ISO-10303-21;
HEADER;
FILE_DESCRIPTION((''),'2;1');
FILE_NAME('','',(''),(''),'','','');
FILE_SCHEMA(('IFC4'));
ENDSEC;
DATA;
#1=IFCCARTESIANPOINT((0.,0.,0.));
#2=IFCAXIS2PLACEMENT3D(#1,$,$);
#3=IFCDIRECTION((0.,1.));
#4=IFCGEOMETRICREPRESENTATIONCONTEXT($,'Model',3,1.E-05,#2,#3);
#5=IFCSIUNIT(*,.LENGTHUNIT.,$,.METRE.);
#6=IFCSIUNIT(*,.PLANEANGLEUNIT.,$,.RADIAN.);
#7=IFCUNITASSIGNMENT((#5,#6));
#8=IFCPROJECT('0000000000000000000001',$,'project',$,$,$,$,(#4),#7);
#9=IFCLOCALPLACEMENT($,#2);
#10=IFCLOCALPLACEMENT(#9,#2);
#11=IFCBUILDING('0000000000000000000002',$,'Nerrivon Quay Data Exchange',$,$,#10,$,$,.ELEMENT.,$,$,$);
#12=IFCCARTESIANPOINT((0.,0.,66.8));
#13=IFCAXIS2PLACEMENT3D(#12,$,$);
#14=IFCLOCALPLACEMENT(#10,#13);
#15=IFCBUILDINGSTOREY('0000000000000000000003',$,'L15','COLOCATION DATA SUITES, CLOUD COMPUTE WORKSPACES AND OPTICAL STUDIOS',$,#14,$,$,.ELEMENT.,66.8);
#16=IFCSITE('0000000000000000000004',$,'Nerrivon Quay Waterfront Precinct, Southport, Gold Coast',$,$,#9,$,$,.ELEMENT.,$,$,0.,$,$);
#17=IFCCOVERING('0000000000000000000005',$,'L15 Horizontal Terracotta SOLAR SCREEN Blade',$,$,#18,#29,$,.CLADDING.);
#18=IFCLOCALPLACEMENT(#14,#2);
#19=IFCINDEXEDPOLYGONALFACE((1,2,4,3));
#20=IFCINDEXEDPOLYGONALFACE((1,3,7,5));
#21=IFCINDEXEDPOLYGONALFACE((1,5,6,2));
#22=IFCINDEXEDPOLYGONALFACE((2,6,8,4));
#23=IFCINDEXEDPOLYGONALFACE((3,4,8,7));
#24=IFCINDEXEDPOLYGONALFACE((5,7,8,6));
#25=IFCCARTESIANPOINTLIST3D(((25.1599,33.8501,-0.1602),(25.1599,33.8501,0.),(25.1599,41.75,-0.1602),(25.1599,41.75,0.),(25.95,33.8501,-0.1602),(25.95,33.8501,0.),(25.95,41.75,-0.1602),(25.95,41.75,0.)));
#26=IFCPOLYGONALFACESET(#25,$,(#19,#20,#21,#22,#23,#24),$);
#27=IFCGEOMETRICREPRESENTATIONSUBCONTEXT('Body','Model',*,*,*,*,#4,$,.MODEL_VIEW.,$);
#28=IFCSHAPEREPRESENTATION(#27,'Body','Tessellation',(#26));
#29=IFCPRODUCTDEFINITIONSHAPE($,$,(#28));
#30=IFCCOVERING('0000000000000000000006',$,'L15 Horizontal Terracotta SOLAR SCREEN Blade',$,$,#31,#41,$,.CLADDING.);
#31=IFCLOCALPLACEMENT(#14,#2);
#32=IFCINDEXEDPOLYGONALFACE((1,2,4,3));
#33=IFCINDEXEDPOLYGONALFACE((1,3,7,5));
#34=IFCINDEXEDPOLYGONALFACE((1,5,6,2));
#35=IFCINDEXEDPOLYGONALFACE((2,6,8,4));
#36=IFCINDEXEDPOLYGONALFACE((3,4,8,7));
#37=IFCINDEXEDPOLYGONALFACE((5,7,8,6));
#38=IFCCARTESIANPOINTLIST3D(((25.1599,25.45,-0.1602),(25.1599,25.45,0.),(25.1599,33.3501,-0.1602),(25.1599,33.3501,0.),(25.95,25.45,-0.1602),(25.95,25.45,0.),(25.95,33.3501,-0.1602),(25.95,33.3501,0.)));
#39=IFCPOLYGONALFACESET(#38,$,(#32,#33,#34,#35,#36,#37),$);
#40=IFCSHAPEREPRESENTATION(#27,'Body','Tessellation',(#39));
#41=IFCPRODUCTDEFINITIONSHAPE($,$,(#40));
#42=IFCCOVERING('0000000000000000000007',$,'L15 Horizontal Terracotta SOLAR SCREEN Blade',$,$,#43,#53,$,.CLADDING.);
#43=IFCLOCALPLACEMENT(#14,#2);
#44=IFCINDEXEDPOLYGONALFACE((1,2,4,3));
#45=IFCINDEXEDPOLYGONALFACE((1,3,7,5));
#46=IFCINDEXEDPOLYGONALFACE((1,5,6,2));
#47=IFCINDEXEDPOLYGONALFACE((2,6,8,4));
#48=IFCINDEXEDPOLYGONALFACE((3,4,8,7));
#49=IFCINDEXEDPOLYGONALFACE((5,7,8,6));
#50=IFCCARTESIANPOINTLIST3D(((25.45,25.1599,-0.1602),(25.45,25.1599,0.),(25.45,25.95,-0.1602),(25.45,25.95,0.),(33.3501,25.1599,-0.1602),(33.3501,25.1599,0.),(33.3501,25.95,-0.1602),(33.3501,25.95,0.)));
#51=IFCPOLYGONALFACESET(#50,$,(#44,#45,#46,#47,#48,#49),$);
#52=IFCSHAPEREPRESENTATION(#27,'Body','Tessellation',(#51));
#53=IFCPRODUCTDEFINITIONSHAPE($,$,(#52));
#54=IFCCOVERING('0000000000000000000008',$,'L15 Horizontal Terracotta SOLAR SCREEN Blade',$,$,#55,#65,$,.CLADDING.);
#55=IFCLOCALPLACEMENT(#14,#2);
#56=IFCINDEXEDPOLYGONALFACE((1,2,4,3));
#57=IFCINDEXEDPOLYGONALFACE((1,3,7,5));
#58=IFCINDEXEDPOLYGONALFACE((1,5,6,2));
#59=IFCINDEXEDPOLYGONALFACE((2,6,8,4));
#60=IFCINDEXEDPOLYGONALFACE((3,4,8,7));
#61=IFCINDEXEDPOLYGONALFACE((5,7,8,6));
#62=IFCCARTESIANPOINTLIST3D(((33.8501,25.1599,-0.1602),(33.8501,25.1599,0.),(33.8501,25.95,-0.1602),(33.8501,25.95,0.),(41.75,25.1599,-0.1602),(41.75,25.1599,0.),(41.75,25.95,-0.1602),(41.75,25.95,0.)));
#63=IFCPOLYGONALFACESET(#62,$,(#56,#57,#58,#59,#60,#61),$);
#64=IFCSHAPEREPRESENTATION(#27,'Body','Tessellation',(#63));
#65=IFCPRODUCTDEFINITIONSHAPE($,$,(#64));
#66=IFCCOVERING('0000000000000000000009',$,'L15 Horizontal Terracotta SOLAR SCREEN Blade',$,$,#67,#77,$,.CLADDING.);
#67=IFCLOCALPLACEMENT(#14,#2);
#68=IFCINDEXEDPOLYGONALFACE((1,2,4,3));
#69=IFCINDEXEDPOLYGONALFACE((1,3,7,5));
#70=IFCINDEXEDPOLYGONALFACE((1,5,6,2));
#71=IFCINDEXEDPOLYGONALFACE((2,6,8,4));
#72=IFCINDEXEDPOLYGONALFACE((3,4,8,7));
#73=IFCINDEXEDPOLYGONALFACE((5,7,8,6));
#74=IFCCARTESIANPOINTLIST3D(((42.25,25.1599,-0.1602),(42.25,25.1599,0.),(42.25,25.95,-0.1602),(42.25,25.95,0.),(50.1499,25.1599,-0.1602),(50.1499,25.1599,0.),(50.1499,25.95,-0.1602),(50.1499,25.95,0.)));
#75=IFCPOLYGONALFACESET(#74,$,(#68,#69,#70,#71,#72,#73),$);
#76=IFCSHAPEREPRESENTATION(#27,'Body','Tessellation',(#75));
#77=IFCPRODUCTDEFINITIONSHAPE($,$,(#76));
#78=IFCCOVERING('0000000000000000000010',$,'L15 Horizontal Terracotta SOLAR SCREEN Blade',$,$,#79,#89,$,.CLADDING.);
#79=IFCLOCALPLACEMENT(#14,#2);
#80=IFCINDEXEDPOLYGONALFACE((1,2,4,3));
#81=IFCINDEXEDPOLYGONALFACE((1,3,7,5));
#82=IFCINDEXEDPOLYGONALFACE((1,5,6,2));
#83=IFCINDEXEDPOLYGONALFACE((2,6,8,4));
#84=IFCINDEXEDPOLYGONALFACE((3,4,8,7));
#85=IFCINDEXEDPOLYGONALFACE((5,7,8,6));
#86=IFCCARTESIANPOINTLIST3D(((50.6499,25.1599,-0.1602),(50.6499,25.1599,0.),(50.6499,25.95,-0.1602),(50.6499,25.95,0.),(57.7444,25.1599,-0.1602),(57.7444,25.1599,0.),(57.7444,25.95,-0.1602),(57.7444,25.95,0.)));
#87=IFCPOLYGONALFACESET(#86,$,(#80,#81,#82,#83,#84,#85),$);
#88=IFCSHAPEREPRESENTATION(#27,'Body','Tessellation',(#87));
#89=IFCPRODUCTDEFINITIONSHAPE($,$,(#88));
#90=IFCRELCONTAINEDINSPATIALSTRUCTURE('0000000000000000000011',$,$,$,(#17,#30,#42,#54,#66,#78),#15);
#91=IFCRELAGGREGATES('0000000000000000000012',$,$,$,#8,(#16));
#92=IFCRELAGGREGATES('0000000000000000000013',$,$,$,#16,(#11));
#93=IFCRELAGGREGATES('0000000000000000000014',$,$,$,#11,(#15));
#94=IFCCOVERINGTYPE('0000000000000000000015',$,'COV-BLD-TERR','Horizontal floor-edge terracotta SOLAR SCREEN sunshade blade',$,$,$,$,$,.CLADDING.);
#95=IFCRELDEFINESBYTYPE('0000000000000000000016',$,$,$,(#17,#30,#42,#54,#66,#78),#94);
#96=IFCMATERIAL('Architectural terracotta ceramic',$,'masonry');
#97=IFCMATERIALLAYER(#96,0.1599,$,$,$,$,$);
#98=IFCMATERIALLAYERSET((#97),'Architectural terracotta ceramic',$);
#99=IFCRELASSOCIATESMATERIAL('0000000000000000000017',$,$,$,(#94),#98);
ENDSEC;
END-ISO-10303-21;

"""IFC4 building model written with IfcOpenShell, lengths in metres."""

from ifc_helpers import new_model, si_unit, direction, frame, origin, place, context, subcontext, project, spatial, polyline, outline, extrude, material, layer, layer_set, type_object, element, save


model = new_model("IFC4")

# Units and contexts
model_context = context("Model", 3, precision=1e-05, world=origin(), true_north=direction((0.0, 1.0)))
body_context = subcontext(model_context, "Body", "Model", "MODEL_VIEW")
ifc_project = project(units=[si_unit("LENGTHUNIT", "METRE"), si_unit("PLANEANGLEUNIT", "RADIAN")], contexts=[model_context])

# Site, building, storey
site_placement = place(None, origin())
site = spatial("IfcSite", under=ifc_project, at=site_placement, Name="Nerrivon Quay Waterfront Precinct, Southport, Gold Coast", CompositionType="ELEMENT", RefElevation=0.0)
building_placement = place(site_placement, origin())
building = spatial("IfcBuilding", under=site, at=building_placement, Name="Nerrivon Quay Data Exchange", CompositionType="ELEMENT")
storey_placement = place(building_placement, frame((0.0, 0.0, 66.8)))
storey = spatial("IfcBuildingStorey", under=building, at=storey_placement, Name="L15", Description="COLOCATION DATA SUITES, CLOUD COMPUTE WORKSPACES AND OPTICAL STUDIOS", CompositionType="ELEMENT", Elevation=66.8)

# Coverings
ifc_material_1 = material(Name="Architectural terracotta ceramic", Category="masonry")
ifc_layer_1 = layer(ifc_material_1, 0.1599)
ifc_layer_set_1 = layer_set([ifc_layer_1], Name="Architectural terracotta ceramic")
covering_type = type_object("IfcCoveringType", Name="COV-BLD-TERR", Description="Horizontal floor-edge terracotta SOLAR SCREEN sunshade blade", PredefinedType="CLADDING", material=ifc_layer_set_1)
covering_1_placement = place(storey_placement, frame((0.0, 0.0, -0.1602)))
element("IfcCovering", 1, at=covering_1_placement, inside=storey, type_object=covering_type, Name="L15 Horizontal Terracotta SOLAR SCREEN Blade", PredefinedType="CLADDING", context=body_context, shape_type="SweptSolid", body=[
    extrude(outline(polyline([(25.1599, 41.75), (25.1599, 33.8501), (25.95, 33.8501), (25.95, 41.75), (25.1599, 41.75)])), origin(), (0.0, 0.0, 1.0), 0.1602),
])
covering_2_placement = place(storey_placement, frame((0.0, 0.0, -0.1602)))
element("IfcCovering", 2, at=covering_2_placement, inside=storey, type_object=covering_type, Name="L15 Horizontal Terracotta SOLAR SCREEN Blade", PredefinedType="CLADDING", context=body_context, shape_type="SweptSolid", body=[
    extrude(outline(polyline([(25.1599, 33.3501), (25.1599, 25.45), (25.95, 25.45), (25.95, 33.3501), (25.1599, 33.3501)])), origin(), (0.0, 0.0, 1.0), 0.1602),
])
covering_3_placement = place(storey_placement, frame((0.0, 0.0, -0.1602)))
element("IfcCovering", 3, at=covering_3_placement, inside=storey, type_object=covering_type, Name="L15 Horizontal Terracotta SOLAR SCREEN Blade", PredefinedType="CLADDING", context=body_context, shape_type="SweptSolid", body=[
    extrude(outline(polyline([(25.45, 25.1599), (33.3501, 25.1599), (33.3501, 25.95), (25.45, 25.95), (25.45, 25.1599)])), origin(), (0.0, 0.0, 1.0), 0.1602),
])
covering_4_placement = place(storey_placement, frame((0.0, 0.0, -0.1602)))
element("IfcCovering", 4, at=covering_4_placement, inside=storey, type_object=covering_type, Name="L15 Horizontal Terracotta SOLAR SCREEN Blade", PredefinedType="CLADDING", context=body_context, shape_type="SweptSolid", body=[
    extrude(outline(polyline([(33.8501, 25.1599), (41.75, 25.1599), (41.75, 25.95), (33.8501, 25.95), (33.8501, 25.1599)])), origin(), (0.0, 0.0, 1.0), 0.1602),
])
covering_5_placement = place(storey_placement, frame((0.0, 0.0, -0.1602)))
element("IfcCovering", 5, at=covering_5_placement, inside=storey, type_object=covering_type, Name="L15 Horizontal Terracotta SOLAR SCREEN Blade", PredefinedType="CLADDING", context=body_context, shape_type="SweptSolid", body=[
    extrude(outline(polyline([(42.25, 25.1599), (50.1499, 25.1599), (50.1499, 25.95), (42.25, 25.95), (42.25, 25.1599)])), origin(), (0.0, 0.0, 1.0), 0.1602),
])
covering_6_placement = place(storey_placement, frame((0.0, 0.0, -0.1602)))
element("IfcCovering", 6, at=covering_6_placement, inside=storey, type_object=covering_type, Name="L15 Horizontal Terracotta SOLAR SCREEN Blade", PredefinedType="CLADDING", context=body_context, shape_type="SweptSolid", body=[
    extrude(outline(polyline([(50.6499, 25.1599), (57.7444, 25.1599), (57.7444, 25.95), (50.6499, 25.95), (50.6499, 25.1599)])), origin(), (0.0, 0.0, 1.0), 0.1602),
])

save(model, "model.ifc")
